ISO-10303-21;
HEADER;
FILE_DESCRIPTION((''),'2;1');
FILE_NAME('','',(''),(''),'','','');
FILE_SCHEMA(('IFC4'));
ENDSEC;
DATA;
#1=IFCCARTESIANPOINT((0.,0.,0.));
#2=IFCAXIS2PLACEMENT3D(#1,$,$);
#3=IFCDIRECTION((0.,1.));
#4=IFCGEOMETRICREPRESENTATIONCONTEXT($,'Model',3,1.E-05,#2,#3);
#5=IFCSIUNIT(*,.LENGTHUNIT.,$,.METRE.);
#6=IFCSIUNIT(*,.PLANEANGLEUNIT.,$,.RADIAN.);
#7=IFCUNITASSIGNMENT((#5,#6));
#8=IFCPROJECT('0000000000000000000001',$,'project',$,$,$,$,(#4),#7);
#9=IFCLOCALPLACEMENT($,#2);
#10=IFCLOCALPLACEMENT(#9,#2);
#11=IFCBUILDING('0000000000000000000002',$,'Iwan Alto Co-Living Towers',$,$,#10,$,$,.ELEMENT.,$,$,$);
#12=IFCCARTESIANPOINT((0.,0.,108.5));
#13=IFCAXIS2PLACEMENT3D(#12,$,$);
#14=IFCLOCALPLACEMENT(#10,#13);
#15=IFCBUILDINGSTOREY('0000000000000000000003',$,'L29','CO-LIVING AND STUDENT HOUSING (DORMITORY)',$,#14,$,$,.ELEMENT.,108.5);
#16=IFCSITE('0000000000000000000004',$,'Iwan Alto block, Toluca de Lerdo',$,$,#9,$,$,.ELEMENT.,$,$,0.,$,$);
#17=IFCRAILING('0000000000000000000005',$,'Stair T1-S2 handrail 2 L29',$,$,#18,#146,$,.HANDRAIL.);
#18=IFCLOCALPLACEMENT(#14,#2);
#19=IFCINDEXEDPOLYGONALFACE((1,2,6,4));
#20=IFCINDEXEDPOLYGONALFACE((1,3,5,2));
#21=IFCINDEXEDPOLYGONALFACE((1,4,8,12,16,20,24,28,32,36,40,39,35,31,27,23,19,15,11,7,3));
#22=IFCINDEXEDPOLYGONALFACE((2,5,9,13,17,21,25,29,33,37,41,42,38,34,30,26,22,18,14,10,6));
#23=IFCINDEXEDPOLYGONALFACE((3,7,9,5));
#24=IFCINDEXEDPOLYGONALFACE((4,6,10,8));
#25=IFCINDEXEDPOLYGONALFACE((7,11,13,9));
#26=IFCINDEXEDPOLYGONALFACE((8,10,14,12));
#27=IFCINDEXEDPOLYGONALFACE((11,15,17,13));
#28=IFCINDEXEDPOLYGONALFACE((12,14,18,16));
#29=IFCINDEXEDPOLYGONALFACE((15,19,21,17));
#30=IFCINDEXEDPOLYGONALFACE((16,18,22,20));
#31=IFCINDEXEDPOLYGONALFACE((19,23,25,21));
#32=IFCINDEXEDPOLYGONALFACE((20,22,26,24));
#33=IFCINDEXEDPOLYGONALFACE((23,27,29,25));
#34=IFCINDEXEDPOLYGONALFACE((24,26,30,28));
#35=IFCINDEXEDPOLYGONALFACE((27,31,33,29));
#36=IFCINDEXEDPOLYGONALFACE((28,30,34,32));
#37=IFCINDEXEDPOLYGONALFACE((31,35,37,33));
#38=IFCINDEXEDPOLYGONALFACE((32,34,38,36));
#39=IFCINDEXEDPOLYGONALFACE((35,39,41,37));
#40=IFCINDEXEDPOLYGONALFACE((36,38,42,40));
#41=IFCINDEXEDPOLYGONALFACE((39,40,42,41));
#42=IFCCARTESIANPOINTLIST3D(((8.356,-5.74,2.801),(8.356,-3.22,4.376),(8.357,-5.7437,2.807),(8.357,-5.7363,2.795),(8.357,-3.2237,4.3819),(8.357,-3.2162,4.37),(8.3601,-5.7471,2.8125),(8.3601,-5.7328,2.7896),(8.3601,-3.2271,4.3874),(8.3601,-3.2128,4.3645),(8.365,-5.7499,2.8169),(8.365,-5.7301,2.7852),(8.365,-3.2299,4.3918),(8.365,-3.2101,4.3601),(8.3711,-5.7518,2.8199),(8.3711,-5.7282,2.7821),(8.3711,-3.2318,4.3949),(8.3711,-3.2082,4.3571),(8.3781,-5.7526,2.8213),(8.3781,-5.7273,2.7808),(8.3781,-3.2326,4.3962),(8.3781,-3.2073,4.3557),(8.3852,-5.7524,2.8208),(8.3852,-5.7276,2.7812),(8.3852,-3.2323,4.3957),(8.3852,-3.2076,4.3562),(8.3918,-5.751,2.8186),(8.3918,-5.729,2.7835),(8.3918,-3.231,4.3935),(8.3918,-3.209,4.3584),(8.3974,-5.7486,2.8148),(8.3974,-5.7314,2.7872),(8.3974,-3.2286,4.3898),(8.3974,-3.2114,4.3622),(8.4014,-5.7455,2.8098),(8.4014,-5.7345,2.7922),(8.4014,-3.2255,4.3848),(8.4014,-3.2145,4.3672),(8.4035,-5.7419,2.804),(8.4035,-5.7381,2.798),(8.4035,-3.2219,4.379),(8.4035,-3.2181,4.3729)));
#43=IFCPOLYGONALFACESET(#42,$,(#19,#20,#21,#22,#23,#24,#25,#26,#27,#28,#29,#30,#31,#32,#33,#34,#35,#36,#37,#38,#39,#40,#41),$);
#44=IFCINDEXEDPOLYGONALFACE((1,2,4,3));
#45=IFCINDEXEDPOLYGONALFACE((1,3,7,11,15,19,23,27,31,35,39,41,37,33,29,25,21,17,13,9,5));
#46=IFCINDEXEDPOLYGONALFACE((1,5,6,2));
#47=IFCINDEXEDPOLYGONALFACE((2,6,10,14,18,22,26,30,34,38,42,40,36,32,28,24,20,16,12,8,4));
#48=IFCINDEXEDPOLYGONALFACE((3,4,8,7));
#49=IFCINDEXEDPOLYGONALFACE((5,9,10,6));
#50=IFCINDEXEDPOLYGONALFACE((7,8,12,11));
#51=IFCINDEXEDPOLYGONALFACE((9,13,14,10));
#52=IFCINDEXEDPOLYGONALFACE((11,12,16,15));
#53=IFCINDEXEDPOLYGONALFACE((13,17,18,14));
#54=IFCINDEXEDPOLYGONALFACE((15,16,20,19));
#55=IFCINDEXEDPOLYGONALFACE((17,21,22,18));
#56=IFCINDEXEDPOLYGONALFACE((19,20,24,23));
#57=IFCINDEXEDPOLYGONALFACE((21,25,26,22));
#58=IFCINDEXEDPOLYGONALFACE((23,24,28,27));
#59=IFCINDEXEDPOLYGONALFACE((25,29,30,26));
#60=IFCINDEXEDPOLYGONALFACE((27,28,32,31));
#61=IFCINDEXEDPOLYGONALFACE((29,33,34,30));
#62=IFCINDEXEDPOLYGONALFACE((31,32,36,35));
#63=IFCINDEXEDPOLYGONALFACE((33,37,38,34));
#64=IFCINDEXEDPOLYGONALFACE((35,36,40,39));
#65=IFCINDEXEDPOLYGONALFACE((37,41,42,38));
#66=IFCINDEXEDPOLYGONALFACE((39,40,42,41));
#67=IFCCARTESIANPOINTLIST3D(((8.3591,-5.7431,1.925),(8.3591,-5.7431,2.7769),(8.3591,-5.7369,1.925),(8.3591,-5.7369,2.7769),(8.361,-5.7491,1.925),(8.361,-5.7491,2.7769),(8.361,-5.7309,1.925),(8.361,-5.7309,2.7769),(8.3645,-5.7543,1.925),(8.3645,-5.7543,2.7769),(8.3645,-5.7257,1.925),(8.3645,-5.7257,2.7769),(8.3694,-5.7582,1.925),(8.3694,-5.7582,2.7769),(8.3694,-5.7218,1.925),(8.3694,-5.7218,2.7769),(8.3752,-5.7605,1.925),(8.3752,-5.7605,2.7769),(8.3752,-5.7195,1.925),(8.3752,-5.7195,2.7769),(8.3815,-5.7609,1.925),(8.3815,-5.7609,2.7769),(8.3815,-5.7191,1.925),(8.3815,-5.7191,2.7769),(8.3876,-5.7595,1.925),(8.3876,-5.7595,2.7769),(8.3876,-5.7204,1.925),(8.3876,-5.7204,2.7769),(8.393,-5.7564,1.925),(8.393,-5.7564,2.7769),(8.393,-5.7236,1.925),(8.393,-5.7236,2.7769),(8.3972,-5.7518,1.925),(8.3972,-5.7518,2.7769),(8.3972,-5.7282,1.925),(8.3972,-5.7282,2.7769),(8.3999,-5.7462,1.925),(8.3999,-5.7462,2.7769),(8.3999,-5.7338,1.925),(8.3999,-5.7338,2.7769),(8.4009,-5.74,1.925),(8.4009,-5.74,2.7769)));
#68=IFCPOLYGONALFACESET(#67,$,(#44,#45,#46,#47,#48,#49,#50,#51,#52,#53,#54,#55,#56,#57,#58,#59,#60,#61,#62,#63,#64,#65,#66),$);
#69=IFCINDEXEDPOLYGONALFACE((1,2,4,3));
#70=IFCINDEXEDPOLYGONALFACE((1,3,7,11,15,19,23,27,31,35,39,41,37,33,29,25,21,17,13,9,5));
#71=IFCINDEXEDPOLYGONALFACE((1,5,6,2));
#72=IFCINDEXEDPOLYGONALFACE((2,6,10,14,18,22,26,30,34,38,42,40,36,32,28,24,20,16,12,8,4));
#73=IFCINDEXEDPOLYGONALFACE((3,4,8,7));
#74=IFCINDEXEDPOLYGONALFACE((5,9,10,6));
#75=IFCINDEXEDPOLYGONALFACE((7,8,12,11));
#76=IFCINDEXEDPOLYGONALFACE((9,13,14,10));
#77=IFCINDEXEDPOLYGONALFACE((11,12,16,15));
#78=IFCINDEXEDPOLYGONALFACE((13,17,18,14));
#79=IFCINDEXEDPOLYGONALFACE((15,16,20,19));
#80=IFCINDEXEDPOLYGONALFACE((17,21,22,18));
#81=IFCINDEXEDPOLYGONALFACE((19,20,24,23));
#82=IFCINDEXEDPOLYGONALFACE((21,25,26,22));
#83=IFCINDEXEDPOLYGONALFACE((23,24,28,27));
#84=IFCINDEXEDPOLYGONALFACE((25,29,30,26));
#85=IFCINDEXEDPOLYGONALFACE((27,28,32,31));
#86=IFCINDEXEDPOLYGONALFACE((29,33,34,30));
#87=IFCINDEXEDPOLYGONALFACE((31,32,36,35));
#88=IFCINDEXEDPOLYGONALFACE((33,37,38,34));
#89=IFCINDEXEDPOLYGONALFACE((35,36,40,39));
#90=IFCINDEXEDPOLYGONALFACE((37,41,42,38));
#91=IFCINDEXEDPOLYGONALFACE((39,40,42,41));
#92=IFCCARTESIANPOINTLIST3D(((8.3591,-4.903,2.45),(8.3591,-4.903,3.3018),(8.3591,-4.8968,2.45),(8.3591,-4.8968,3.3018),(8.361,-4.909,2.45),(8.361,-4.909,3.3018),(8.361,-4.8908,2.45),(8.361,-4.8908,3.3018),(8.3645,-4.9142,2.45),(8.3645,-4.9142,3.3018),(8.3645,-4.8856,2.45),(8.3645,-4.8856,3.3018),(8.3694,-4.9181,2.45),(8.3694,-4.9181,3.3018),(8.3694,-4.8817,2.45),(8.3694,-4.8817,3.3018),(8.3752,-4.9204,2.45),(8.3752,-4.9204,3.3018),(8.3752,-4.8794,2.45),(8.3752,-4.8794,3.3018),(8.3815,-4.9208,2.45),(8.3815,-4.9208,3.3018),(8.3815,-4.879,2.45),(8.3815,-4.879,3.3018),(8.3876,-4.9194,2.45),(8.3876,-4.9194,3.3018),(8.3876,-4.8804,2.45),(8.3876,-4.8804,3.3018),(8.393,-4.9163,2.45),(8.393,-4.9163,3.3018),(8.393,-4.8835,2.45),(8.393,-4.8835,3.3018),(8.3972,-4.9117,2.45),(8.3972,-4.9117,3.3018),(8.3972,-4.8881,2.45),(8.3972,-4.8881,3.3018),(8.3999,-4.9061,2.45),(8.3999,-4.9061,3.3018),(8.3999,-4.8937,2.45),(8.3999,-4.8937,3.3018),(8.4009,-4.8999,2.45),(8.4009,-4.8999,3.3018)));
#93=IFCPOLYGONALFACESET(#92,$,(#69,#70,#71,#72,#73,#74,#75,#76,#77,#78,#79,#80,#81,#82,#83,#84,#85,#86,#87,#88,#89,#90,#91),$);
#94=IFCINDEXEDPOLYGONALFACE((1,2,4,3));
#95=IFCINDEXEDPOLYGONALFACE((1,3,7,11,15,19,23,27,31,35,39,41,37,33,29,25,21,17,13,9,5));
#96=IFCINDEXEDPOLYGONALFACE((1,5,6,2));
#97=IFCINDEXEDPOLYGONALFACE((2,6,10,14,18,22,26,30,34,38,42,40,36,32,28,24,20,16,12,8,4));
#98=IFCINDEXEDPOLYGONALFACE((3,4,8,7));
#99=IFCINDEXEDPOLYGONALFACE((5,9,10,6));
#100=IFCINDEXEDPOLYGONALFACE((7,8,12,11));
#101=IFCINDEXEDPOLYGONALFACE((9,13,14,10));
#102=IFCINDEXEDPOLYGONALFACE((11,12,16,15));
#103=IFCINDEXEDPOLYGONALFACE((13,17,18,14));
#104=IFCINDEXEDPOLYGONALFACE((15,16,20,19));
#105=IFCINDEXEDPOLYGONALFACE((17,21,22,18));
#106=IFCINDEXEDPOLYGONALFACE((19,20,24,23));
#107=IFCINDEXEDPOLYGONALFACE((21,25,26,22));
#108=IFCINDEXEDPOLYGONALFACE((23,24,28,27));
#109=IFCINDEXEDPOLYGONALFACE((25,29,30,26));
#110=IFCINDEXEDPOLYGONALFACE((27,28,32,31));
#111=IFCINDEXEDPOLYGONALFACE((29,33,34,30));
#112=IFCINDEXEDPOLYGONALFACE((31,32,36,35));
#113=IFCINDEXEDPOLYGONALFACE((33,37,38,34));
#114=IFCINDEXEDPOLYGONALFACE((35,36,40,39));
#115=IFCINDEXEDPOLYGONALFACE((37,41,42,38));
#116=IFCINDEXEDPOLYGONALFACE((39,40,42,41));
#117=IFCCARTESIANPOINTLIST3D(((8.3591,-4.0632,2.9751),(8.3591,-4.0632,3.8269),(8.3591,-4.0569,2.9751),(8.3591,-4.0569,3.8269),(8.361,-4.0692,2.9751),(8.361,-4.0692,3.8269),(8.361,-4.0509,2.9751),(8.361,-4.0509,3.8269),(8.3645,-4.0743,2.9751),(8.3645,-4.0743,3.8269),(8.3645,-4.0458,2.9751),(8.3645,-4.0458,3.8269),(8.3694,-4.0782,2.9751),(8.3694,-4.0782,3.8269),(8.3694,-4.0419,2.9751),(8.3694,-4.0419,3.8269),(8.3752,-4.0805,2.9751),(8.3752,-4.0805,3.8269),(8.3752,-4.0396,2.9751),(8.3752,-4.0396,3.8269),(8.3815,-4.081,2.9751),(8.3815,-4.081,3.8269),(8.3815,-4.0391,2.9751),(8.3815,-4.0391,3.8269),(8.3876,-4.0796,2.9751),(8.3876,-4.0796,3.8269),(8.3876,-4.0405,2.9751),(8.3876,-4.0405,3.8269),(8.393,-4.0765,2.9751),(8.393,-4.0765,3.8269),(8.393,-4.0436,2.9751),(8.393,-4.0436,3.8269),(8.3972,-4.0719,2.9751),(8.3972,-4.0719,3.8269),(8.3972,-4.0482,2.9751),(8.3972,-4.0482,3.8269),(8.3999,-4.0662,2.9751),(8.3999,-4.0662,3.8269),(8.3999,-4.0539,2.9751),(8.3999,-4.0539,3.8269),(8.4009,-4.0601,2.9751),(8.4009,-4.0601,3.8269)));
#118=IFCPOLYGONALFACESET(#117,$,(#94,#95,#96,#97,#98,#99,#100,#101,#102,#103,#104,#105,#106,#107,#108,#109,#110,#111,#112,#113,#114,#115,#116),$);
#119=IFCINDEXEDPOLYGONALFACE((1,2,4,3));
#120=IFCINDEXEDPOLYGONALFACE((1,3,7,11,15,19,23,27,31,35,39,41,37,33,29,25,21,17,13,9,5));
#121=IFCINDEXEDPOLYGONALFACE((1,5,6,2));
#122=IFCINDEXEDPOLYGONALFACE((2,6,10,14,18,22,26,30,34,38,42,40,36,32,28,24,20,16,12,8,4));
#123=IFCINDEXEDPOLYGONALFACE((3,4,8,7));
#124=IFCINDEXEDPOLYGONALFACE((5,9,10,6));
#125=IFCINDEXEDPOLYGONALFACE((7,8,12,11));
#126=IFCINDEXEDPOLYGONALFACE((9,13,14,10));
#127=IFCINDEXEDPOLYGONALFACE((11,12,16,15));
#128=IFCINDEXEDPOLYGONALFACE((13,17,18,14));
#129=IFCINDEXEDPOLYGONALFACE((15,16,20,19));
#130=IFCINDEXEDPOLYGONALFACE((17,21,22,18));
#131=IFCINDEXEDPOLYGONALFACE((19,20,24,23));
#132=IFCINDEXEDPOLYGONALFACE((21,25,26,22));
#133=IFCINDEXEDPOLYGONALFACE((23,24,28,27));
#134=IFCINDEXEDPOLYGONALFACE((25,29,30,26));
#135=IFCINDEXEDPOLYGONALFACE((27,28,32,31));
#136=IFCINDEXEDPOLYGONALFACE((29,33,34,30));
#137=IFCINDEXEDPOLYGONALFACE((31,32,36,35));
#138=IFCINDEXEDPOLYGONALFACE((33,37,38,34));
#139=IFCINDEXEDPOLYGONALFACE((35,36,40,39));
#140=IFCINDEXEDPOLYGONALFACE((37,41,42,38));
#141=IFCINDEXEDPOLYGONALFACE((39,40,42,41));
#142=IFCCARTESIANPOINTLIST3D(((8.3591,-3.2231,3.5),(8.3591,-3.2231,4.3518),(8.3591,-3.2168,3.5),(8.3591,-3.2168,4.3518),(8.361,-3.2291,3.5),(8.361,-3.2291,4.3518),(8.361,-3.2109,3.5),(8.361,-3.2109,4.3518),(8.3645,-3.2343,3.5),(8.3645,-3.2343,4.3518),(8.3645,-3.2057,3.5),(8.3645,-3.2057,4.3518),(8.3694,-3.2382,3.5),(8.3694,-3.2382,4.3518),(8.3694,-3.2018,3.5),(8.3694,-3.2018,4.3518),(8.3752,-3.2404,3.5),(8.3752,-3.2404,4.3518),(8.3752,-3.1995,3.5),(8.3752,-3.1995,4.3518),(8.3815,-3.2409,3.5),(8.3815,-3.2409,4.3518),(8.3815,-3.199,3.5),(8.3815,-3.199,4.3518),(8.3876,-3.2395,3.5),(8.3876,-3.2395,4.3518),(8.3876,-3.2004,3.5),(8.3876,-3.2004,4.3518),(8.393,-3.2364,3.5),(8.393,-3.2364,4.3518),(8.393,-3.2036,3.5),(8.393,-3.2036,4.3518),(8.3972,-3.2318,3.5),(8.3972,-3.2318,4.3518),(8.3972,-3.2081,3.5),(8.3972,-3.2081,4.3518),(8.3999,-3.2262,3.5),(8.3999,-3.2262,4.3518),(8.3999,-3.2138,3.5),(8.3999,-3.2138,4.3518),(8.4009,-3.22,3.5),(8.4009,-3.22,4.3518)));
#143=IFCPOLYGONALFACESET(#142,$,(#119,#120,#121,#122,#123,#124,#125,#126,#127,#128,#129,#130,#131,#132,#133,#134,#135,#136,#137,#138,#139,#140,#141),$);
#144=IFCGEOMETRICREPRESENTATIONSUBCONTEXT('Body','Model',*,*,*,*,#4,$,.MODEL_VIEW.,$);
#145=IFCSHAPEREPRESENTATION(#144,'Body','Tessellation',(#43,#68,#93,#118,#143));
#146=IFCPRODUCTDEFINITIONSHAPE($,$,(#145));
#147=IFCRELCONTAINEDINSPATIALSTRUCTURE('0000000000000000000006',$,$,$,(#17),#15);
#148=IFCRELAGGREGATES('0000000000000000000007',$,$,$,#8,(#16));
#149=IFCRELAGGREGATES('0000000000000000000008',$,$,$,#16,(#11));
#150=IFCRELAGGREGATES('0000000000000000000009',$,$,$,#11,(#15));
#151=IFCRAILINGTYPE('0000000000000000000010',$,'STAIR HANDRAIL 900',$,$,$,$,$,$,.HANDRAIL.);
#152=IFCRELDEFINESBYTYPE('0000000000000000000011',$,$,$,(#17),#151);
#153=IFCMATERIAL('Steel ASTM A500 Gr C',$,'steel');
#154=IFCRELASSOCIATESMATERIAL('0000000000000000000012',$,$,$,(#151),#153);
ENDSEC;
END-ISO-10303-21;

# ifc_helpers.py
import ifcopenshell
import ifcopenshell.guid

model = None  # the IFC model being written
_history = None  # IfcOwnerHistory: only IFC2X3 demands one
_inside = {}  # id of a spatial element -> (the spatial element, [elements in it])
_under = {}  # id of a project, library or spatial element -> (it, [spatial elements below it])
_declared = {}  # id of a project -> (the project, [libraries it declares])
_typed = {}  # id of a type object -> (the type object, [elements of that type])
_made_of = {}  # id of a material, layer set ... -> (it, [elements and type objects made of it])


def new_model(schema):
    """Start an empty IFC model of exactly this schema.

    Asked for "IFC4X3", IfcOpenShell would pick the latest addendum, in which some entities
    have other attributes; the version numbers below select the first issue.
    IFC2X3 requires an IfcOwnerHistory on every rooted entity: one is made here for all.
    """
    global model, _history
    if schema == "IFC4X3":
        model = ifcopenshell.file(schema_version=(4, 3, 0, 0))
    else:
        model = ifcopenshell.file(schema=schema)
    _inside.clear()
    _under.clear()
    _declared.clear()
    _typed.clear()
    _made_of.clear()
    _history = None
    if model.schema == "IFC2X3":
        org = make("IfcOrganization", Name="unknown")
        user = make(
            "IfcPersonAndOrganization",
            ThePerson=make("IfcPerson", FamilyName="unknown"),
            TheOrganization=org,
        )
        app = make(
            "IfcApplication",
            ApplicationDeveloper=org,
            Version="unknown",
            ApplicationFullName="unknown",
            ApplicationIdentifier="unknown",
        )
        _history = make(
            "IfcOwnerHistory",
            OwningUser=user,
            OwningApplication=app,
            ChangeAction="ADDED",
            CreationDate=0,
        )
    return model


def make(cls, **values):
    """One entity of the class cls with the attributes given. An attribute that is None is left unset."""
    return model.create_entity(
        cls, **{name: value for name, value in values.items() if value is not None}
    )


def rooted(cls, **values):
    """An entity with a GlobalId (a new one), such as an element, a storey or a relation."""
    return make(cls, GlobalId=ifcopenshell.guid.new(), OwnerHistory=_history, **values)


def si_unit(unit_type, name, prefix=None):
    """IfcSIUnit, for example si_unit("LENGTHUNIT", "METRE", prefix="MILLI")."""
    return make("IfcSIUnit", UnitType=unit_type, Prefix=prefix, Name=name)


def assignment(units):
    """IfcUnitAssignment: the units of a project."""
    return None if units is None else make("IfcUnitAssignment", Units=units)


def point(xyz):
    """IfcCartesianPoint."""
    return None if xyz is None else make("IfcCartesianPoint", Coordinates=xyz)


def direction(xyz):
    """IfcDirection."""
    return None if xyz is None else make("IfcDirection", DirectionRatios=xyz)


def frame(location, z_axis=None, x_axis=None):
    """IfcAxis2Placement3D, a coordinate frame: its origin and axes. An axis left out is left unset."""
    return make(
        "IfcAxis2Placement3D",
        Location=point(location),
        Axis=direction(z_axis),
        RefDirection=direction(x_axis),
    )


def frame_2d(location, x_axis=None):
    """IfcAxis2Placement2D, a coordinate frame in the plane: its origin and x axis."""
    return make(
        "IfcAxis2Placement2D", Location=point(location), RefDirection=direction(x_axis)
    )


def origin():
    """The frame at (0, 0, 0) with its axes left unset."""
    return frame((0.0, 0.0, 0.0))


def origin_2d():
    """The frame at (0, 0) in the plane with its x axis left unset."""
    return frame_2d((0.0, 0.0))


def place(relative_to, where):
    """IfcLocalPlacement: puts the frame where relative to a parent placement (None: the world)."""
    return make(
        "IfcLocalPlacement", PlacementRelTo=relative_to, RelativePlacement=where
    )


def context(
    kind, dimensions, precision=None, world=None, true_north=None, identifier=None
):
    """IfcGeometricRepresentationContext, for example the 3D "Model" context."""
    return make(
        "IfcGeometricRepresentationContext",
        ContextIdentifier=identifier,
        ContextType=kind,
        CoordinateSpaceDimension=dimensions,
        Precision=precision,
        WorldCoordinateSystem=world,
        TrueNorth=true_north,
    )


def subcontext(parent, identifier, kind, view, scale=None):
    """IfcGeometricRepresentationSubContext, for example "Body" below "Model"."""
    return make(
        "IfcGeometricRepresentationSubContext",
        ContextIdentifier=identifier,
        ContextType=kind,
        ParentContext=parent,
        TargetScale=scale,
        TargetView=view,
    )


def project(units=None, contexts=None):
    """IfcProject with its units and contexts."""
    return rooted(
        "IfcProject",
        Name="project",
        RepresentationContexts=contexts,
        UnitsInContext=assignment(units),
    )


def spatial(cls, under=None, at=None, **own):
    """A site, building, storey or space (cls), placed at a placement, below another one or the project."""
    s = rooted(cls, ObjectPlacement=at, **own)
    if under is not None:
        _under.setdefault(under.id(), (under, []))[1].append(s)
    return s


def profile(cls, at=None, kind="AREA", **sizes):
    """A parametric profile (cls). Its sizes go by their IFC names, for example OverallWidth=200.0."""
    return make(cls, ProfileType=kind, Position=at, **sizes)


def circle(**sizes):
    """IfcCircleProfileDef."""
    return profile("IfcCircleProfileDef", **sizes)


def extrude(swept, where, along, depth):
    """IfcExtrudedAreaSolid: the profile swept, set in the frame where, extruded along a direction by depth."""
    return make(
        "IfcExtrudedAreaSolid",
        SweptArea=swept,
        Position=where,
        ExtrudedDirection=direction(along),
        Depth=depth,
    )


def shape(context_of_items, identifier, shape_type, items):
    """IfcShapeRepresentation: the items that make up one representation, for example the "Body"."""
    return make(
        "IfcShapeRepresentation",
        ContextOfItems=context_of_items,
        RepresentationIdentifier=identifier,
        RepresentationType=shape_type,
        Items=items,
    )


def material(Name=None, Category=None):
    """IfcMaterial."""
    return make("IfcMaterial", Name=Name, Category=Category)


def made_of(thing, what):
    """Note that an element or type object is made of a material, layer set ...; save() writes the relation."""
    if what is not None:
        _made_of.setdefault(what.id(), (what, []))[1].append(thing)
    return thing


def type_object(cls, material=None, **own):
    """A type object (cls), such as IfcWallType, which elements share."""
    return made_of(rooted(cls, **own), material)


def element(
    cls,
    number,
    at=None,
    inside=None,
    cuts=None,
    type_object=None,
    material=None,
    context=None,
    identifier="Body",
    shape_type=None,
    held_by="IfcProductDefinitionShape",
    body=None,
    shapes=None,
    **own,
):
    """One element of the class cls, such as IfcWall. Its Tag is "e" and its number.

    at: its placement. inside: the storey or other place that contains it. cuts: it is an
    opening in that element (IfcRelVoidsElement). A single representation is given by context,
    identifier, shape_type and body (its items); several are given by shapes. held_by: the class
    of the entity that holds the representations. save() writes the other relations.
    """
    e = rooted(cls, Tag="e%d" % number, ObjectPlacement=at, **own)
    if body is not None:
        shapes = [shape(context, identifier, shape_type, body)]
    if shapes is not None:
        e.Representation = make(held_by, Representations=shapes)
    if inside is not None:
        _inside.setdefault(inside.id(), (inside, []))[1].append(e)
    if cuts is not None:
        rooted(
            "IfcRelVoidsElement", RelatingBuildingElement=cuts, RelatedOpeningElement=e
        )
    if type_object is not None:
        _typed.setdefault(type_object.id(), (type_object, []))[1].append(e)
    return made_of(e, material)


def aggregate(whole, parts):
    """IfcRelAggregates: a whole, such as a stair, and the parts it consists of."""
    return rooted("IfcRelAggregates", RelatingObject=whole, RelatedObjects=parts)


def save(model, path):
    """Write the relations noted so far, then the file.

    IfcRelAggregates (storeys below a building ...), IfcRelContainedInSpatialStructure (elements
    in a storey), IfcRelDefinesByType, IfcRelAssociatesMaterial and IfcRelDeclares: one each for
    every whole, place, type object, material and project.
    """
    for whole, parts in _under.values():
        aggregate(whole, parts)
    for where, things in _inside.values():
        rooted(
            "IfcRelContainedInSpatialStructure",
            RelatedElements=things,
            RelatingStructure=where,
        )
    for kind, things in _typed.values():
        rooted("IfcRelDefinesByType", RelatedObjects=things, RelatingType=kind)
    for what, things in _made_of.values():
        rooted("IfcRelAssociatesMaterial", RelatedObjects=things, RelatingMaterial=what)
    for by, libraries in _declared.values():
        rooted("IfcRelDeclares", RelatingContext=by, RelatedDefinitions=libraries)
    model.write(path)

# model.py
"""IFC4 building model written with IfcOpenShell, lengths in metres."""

from ifc_helpers import new_model, si_unit, direction, frame, origin, origin_2d, place, context, subcontext, project, spatial, circle, extrude, material, type_object, element, save


model = new_model("IFC4")

# Units and contexts
model_context = context("Model", 3, precision=1e-05, world=origin(), true_north=direction((0.0, 1.0)))
body_context = subcontext(model_context, "Body", "Model", "MODEL_VIEW")
ifc_project = project(units=[si_unit("LENGTHUNIT", "METRE"), si_unit("PLANEANGLEUNIT", "RADIAN")], contexts=[model_context])

# Site, building, storey
site_placement = place(None, origin())
site = spatial("IfcSite", under=ifc_project, at=site_placement, Name="Iwan Alto block, Toluca de Lerdo", CompositionType="ELEMENT", RefElevation=0.0)
building_placement = place(site_placement, origin())
building = spatial("IfcBuilding", under=site, at=building_placement, Name="Iwan Alto Co-Living Towers", CompositionType="ELEMENT")
storey_placement = place(building_placement, frame((0.0, 0.0, 108.5)))
storey = spatial("IfcBuildingStorey", under=building, at=storey_placement, Name="L29", Description="CO-LIVING AND STUDENT HOUSING (DORMITORY)", CompositionType="ELEMENT", Elevation=108.5)

# Railing
ifc_material_1 = material(Name="Steel ASTM A500 Gr C", Category="steel")
railing_type_1 = type_object("IfcRailingType", Name="STAIR HANDRAIL 900", PredefinedType="HANDRAIL", material=ifc_material_1)
railing_1_placement = place(storey_placement, frame((8.3799, -5.74, 1.925)))
element("IfcRailing", 1, at=railing_1_placement, inside=storey, type_object=railing_type_1, Name="Stair T1-S2 handrail 2 L29", PredefinedType="HANDRAIL", context=body_context, shape_type="SweptSolid", body=[
    extrude(circle(Radius=0.0239, at=origin_2d()), frame((0.0, 0.0, 0.876), z_axis=(0.0, 0.848008, 0.529984), x_axis=(-1.0, 0.0, 0.0)), (0.0, 0.0, 1.0), 2.9717),
    extrude(circle(Radius=0.021, at=origin_2d()), origin(), (0.0, 0.0, 1.0), 0.8518),
    extrude(circle(Radius=0.021, at=origin_2d()), frame((0.0, 0.8401, 0.5249)), (0.0, 0.0, 1.0), 0.8518),
    extrude(circle(Radius=0.021, at=origin_2d()), frame((0.0, 1.6799, 1.05)), (0.0, 0.0, 1.0), 0.8518),
    extrude(circle(Radius=0.021, at=origin_2d()), frame((0.0, 2.52, 1.575)), (0.0, 0.0, 1.0), 0.8518),
])

save(model, "model.ifc")
